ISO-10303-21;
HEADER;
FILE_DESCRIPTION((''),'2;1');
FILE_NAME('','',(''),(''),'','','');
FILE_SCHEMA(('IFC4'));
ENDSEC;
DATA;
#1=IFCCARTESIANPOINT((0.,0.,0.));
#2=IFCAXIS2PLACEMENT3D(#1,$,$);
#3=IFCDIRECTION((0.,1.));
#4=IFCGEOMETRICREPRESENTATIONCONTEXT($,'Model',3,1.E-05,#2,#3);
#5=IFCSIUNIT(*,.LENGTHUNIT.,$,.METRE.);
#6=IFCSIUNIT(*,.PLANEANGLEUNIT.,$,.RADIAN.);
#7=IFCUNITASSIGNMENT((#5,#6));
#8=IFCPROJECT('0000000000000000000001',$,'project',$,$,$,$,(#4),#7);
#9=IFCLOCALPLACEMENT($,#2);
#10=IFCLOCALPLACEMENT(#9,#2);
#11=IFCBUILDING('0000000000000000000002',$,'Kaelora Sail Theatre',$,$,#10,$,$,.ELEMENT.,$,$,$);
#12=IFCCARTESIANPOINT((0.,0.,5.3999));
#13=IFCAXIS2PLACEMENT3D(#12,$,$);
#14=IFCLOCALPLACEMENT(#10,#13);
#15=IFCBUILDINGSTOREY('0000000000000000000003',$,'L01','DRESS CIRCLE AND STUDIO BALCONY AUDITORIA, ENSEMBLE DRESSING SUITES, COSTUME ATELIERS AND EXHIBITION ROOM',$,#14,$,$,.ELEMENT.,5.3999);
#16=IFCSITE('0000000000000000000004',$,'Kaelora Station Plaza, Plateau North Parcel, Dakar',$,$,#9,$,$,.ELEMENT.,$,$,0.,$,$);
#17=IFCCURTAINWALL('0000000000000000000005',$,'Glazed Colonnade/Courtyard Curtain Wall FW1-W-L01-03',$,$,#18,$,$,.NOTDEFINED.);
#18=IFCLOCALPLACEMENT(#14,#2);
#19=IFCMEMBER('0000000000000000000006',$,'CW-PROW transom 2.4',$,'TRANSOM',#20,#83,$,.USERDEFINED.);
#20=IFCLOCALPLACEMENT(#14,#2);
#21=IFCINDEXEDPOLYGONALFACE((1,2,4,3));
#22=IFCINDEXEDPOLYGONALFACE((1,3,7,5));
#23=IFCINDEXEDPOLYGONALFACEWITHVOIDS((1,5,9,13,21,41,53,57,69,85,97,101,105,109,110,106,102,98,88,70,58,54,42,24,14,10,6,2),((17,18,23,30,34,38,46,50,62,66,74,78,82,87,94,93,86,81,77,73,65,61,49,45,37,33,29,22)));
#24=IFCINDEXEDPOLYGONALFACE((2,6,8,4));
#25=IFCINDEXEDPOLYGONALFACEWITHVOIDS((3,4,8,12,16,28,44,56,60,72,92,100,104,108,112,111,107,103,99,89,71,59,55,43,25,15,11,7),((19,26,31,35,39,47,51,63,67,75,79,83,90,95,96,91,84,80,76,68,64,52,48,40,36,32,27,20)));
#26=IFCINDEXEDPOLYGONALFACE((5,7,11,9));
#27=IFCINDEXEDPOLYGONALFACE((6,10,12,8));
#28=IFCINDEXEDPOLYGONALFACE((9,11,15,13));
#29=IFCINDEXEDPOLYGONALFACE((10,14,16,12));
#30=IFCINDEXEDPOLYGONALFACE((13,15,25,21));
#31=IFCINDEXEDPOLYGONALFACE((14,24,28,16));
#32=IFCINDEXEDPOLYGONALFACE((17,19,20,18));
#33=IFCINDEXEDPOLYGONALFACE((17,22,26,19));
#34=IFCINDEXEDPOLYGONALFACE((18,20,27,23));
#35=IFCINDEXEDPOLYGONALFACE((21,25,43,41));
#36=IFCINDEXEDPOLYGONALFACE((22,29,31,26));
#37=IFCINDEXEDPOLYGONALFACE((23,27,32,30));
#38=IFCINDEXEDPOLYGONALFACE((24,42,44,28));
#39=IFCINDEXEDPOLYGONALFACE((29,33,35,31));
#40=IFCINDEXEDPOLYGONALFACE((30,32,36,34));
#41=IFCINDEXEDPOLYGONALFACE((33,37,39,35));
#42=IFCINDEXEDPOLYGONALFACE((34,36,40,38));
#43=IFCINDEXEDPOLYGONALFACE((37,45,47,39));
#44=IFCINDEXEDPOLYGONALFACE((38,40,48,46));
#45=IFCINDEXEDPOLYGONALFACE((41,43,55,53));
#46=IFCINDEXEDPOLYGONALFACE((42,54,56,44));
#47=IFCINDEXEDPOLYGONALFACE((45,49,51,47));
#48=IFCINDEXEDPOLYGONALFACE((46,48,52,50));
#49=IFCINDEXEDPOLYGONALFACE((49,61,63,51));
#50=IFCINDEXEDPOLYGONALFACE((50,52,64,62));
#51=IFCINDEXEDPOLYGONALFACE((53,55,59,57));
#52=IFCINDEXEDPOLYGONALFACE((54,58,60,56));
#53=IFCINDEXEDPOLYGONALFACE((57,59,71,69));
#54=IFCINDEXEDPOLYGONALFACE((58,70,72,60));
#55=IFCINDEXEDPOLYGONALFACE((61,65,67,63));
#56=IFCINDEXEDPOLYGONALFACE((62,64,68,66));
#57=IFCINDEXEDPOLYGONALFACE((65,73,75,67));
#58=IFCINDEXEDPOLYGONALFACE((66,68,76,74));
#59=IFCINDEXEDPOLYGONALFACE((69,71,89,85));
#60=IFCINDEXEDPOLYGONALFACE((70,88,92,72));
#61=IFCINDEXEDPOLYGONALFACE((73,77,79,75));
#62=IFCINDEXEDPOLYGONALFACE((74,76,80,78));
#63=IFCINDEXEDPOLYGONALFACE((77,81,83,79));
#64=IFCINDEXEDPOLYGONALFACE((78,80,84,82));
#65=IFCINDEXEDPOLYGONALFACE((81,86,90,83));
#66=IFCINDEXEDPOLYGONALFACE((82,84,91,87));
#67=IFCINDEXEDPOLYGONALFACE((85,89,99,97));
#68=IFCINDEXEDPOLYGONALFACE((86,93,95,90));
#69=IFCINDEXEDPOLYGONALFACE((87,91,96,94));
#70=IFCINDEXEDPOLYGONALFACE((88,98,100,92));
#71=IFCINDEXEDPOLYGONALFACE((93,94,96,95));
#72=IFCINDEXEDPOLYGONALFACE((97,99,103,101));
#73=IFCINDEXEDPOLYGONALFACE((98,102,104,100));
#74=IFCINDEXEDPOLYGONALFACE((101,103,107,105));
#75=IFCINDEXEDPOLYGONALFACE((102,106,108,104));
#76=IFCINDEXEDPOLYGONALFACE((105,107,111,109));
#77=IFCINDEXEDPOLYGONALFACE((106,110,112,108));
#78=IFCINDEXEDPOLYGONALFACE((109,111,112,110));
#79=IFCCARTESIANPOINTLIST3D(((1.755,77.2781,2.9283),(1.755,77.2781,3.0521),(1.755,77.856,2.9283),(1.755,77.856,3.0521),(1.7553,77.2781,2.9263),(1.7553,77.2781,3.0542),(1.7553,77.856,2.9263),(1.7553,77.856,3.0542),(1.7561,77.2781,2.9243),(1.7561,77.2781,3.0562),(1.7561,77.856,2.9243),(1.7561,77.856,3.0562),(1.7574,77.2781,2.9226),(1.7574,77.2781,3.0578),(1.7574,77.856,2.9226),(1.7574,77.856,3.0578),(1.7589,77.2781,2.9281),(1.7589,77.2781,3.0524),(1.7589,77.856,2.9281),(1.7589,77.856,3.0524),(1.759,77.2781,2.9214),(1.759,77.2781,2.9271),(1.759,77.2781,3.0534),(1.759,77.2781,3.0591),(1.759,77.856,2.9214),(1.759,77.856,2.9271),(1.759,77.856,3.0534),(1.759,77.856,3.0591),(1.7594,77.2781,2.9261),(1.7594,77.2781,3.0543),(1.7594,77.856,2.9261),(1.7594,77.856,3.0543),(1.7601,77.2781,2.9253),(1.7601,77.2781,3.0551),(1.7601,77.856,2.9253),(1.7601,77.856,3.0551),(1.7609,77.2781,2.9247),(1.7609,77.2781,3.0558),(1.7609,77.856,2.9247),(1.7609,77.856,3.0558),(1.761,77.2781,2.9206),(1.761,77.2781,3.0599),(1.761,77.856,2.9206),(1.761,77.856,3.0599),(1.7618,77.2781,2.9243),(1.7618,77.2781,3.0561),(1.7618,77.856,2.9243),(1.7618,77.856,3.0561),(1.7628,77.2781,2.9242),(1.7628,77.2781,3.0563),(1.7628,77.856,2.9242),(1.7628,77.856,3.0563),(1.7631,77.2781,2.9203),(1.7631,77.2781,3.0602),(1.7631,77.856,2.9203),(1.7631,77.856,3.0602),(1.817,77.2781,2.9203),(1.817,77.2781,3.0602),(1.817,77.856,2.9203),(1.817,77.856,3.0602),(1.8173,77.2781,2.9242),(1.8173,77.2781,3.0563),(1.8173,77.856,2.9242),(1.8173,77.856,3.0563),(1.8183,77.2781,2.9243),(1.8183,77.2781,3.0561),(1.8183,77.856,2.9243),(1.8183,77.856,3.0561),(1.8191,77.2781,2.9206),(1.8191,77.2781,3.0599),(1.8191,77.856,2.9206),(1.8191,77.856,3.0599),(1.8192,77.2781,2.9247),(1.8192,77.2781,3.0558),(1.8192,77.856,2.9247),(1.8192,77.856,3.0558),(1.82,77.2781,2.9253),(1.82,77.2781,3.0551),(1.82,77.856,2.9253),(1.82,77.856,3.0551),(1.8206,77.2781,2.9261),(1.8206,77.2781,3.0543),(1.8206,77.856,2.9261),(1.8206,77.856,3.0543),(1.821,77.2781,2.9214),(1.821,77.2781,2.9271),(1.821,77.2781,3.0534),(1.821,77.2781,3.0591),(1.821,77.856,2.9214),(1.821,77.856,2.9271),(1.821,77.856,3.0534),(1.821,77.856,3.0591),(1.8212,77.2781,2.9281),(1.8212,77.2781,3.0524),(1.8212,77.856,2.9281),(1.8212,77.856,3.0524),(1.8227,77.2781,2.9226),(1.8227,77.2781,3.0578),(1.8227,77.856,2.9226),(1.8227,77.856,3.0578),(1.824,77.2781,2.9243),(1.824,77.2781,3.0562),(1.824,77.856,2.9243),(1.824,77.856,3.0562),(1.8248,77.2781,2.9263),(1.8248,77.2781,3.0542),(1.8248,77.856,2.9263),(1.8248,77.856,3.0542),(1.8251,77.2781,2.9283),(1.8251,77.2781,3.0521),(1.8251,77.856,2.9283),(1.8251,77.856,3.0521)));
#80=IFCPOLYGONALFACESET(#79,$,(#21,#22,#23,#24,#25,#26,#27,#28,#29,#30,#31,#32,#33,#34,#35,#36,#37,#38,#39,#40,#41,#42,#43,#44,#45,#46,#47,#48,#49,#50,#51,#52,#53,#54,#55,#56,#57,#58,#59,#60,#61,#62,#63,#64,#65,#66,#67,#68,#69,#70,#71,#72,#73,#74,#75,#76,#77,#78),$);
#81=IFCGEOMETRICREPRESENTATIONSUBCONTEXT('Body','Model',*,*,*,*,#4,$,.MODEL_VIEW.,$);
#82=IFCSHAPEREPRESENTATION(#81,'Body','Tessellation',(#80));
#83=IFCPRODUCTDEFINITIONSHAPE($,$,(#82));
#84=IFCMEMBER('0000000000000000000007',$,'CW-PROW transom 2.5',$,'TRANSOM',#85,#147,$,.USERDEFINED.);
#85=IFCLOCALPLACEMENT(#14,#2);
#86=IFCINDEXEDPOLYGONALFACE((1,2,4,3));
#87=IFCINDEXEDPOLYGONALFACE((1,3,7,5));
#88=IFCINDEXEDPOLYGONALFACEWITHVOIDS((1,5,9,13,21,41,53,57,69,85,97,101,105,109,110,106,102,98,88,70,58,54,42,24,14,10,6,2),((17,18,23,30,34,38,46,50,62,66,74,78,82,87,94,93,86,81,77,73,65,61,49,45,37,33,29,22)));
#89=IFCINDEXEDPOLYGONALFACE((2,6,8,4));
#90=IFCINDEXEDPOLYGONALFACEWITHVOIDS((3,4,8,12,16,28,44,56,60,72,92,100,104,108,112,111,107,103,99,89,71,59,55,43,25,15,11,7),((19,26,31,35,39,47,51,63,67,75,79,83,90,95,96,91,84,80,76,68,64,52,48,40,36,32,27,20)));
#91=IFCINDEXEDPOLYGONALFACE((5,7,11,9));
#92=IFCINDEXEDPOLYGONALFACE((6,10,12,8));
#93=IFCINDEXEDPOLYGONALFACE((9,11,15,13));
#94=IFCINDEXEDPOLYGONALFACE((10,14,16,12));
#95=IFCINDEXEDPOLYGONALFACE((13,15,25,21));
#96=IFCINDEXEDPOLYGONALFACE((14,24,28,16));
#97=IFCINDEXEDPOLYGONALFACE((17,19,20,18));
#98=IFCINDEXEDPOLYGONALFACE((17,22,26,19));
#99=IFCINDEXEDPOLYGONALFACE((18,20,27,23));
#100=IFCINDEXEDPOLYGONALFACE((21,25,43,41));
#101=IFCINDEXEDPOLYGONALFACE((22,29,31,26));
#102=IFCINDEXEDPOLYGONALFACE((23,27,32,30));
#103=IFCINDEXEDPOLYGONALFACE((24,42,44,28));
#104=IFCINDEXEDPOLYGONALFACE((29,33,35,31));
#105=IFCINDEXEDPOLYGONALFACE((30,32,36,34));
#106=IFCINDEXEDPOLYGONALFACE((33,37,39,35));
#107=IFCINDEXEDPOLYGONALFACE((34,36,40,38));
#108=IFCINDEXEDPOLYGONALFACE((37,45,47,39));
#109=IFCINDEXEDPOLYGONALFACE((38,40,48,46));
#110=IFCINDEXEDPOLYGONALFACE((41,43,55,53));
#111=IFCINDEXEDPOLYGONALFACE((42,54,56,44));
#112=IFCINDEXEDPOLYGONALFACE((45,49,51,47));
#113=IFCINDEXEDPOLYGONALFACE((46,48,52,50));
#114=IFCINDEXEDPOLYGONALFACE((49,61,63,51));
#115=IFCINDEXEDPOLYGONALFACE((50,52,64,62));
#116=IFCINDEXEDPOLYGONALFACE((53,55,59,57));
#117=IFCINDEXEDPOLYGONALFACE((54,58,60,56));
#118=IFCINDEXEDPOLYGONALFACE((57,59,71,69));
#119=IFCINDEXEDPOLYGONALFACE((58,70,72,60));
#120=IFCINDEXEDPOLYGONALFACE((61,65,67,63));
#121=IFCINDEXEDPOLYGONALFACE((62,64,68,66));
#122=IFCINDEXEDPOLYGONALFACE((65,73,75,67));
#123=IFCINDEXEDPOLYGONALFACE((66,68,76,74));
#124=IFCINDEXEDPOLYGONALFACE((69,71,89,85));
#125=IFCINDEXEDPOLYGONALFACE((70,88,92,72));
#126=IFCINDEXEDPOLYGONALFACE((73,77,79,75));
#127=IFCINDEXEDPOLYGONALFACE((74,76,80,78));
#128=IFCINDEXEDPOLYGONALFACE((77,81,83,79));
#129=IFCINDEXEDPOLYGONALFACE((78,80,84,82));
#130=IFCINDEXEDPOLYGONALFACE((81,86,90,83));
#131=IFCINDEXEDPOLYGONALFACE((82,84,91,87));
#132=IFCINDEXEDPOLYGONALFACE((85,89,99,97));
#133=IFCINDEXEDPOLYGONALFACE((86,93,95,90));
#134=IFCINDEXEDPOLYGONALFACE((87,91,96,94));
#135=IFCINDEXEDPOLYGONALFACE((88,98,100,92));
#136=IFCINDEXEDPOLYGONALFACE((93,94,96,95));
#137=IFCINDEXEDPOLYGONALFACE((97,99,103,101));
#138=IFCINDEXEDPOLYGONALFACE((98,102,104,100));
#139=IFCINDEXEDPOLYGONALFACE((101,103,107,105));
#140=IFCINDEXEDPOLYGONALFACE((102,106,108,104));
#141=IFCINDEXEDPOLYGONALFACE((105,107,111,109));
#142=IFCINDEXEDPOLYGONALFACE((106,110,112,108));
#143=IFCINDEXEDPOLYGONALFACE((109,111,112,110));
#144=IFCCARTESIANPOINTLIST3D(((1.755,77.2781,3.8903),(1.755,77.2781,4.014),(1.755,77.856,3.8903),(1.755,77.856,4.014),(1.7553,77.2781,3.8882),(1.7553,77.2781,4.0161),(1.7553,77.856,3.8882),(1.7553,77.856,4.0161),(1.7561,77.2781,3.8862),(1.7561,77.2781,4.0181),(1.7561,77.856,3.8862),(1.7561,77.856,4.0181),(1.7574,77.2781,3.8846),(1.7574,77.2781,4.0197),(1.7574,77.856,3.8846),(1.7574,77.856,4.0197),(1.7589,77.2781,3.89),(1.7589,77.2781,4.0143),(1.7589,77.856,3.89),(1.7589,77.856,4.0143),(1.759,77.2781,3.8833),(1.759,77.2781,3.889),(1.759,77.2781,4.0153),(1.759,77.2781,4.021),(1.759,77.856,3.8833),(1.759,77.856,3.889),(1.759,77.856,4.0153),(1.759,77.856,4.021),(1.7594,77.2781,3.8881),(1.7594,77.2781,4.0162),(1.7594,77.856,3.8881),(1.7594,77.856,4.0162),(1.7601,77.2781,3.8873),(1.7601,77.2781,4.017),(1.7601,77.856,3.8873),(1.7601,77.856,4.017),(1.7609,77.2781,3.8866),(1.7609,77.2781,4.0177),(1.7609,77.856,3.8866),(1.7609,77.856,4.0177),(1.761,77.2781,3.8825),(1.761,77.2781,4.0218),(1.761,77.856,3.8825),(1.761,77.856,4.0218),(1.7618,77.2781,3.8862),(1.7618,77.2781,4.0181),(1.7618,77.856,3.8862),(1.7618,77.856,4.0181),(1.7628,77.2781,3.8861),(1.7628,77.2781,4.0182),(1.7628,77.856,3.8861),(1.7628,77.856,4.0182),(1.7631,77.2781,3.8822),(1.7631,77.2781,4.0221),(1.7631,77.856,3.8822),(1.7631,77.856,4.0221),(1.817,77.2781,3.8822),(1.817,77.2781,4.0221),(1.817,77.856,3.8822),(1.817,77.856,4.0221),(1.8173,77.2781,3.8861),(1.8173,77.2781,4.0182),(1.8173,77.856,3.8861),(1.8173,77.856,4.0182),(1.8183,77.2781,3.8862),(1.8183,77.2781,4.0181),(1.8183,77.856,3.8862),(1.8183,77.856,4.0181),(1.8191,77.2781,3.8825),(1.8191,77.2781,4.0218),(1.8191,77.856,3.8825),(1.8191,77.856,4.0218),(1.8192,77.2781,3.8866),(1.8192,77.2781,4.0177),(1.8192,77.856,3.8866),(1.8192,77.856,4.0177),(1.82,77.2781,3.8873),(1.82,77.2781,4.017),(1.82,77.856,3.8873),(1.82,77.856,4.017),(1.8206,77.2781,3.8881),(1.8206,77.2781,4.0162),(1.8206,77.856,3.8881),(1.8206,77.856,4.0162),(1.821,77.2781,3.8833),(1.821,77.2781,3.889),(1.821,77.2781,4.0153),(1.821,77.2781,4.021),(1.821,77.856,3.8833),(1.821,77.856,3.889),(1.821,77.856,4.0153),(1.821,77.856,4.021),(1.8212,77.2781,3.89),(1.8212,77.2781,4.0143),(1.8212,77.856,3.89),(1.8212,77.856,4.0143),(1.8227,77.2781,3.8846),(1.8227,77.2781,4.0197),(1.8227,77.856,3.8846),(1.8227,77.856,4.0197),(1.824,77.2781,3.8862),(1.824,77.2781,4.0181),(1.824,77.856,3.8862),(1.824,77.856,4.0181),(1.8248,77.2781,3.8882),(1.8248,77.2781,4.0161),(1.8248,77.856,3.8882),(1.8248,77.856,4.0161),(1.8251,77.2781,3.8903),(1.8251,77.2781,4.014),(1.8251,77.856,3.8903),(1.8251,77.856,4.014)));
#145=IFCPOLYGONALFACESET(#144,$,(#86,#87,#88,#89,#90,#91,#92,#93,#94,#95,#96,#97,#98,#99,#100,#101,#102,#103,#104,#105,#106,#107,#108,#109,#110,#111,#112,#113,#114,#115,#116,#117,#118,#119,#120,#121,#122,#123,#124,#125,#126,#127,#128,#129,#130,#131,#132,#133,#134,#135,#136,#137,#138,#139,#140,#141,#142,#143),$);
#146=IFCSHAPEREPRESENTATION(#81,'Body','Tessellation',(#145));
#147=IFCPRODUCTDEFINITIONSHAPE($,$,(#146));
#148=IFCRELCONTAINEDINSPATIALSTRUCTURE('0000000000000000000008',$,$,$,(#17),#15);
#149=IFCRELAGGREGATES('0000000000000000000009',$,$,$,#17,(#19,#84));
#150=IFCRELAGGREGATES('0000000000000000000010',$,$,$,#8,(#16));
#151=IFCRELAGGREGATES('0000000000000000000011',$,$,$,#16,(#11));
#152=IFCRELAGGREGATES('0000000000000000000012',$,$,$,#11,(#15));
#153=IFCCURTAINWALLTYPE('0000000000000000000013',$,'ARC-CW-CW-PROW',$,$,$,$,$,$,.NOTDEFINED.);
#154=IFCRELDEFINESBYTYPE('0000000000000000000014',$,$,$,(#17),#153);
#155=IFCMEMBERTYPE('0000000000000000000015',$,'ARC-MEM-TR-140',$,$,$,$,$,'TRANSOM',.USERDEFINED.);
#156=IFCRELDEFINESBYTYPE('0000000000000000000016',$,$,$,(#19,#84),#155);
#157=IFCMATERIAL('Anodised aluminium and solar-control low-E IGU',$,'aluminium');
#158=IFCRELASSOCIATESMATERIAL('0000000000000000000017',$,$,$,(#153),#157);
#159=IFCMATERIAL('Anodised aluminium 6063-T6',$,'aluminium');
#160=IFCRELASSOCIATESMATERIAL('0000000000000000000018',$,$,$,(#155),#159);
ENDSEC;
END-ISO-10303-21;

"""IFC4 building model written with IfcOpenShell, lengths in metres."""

from ifc_helpers import new_model, si_unit, direction, frame, origin, origin_2d, place, context, subcontext, project, spatial, hollow_rectangle, extrude, material, material_profile, profile_set, type_object, element, aggregate, save


model = new_model("IFC4")

# Units and contexts
model_context = context("Model", 3, precision=1e-05, world=origin(), true_north=direction((0.0, 1.0)))
body_context = subcontext(model_context, "Body", "Model", "MODEL_VIEW")
ifc_project = project(units=[si_unit("LENGTHUNIT", "METRE"), si_unit("PLANEANGLEUNIT", "RADIAN")], contexts=[model_context])

# Site, building, storey
site_placement = place(None, origin())
site = spatial("IfcSite", under=ifc_project, at=site_placement, Name="Kaelora Station Plaza, Plateau North Parcel, Dakar", CompositionType="ELEMENT", RefElevation=0.0)
building_placement = place(site_placement, origin())
building = spatial("IfcBuilding", under=site, at=building_placement, Name="Kaelora Sail Theatre", CompositionType="ELEMENT")
storey_placement = place(building_placement, frame((0.0, 0.0, 5.3999)))
storey = spatial("IfcBuildingStorey", under=building, at=storey_placement, Name="L01", Description="DRESS CIRCLE AND STUDIO BALCONY AUDITORIA, ENSEMBLE DRESSING SUITES, COSTUME ATELIERS AND EXHIBITION ROOM", CompositionType="ELEMENT", Elevation=5.3999)

# Shared definitions
ifc_material_1 = material(Name="Anodised aluminium and solar-control low-E IGU", Category="aluminium")
curtain_wall_type = type_object("IfcCurtainWallType", Name="ARC-CW-CW-PROW", PredefinedType="NOTDEFINED", material=ifc_material_1)

# Curtain wall, members
curtain_wall_1_placement = place(storey_placement, origin())
curtain_wall_1 = element("IfcCurtainWall", 1, at=curtain_wall_1_placement, inside=storey, type_object=curtain_wall_type, Name="Glazed Colonnade/Courtyard Curtain Wall FW1-W-L01-03", PredefinedType="NOTDEFINED")
ifc_material_2 = material(Name="Anodised aluminium 6063-T6", Category="aluminium")
ifc_material_profile_1 = material_profile(ifc_material_2, hollow_rectangle(XDim=0.0701, YDim=0.1399, WallThickness=0.0039, InnerFilletRadius=0.0039, OuterFilletRadius=0.0081, at=origin_2d()), Name="ALU-TRAN 70x140x4")
ifc_profile_set_1 = profile_set([ifc_material_profile_1], Name="Anodised aluminium 6063-T6")
member_type_1 = type_object("IfcMemberType", Name="ARC-MEM-TR-140", ElementType="TRANSOM", PredefinedType="USERDEFINED", material=ifc_profile_set_1)
member_1_placement = place(storey_placement, frame((1.79, 77.2781, 2.9902), z_axis=(0.0, 1.0, 0.0), x_axis=(-1.0, 0.0, 0.0)))
member_1 = element("IfcMember", 2, at=member_1_placement, type_object=member_type_1, Name="CW-PROW transom 2.4", ObjectType="TRANSOM", PredefinedType="USERDEFINED", context=body_context, shape_type="SweptSolid", body=[
    extrude(hollow_rectangle(XDim=0.0701, YDim=0.1399, WallThickness=0.0039, InnerFilletRadius=0.0039, OuterFilletRadius=0.0081, at=origin_2d()), origin(), (0.0, 0.0, 1.0), 0.5779),
])
member_2_placement = place(storey_placement, frame((1.79, 77.2781, 3.9521), z_axis=(0.0, 1.0, 0.0), x_axis=(-1.0, 0.0, 0.0)))
member_2 = element("IfcMember", 3, at=member_2_placement, type_object=member_type_1, Name="CW-PROW transom 2.5", ObjectType="TRANSOM", PredefinedType="USERDEFINED", context=body_context, shape_type="SweptSolid", body=[
    extrude(hollow_rectangle(XDim=0.0701, YDim=0.1399, WallThickness=0.0039, InnerFilletRadius=0.0039, OuterFilletRadius=0.0081, at=origin_2d()), origin(), (0.0, 0.0, 1.0), 0.5779),
])

aggregate(curtain_wall_1, [member_1, member_2])

save(model, "model.ifc")
